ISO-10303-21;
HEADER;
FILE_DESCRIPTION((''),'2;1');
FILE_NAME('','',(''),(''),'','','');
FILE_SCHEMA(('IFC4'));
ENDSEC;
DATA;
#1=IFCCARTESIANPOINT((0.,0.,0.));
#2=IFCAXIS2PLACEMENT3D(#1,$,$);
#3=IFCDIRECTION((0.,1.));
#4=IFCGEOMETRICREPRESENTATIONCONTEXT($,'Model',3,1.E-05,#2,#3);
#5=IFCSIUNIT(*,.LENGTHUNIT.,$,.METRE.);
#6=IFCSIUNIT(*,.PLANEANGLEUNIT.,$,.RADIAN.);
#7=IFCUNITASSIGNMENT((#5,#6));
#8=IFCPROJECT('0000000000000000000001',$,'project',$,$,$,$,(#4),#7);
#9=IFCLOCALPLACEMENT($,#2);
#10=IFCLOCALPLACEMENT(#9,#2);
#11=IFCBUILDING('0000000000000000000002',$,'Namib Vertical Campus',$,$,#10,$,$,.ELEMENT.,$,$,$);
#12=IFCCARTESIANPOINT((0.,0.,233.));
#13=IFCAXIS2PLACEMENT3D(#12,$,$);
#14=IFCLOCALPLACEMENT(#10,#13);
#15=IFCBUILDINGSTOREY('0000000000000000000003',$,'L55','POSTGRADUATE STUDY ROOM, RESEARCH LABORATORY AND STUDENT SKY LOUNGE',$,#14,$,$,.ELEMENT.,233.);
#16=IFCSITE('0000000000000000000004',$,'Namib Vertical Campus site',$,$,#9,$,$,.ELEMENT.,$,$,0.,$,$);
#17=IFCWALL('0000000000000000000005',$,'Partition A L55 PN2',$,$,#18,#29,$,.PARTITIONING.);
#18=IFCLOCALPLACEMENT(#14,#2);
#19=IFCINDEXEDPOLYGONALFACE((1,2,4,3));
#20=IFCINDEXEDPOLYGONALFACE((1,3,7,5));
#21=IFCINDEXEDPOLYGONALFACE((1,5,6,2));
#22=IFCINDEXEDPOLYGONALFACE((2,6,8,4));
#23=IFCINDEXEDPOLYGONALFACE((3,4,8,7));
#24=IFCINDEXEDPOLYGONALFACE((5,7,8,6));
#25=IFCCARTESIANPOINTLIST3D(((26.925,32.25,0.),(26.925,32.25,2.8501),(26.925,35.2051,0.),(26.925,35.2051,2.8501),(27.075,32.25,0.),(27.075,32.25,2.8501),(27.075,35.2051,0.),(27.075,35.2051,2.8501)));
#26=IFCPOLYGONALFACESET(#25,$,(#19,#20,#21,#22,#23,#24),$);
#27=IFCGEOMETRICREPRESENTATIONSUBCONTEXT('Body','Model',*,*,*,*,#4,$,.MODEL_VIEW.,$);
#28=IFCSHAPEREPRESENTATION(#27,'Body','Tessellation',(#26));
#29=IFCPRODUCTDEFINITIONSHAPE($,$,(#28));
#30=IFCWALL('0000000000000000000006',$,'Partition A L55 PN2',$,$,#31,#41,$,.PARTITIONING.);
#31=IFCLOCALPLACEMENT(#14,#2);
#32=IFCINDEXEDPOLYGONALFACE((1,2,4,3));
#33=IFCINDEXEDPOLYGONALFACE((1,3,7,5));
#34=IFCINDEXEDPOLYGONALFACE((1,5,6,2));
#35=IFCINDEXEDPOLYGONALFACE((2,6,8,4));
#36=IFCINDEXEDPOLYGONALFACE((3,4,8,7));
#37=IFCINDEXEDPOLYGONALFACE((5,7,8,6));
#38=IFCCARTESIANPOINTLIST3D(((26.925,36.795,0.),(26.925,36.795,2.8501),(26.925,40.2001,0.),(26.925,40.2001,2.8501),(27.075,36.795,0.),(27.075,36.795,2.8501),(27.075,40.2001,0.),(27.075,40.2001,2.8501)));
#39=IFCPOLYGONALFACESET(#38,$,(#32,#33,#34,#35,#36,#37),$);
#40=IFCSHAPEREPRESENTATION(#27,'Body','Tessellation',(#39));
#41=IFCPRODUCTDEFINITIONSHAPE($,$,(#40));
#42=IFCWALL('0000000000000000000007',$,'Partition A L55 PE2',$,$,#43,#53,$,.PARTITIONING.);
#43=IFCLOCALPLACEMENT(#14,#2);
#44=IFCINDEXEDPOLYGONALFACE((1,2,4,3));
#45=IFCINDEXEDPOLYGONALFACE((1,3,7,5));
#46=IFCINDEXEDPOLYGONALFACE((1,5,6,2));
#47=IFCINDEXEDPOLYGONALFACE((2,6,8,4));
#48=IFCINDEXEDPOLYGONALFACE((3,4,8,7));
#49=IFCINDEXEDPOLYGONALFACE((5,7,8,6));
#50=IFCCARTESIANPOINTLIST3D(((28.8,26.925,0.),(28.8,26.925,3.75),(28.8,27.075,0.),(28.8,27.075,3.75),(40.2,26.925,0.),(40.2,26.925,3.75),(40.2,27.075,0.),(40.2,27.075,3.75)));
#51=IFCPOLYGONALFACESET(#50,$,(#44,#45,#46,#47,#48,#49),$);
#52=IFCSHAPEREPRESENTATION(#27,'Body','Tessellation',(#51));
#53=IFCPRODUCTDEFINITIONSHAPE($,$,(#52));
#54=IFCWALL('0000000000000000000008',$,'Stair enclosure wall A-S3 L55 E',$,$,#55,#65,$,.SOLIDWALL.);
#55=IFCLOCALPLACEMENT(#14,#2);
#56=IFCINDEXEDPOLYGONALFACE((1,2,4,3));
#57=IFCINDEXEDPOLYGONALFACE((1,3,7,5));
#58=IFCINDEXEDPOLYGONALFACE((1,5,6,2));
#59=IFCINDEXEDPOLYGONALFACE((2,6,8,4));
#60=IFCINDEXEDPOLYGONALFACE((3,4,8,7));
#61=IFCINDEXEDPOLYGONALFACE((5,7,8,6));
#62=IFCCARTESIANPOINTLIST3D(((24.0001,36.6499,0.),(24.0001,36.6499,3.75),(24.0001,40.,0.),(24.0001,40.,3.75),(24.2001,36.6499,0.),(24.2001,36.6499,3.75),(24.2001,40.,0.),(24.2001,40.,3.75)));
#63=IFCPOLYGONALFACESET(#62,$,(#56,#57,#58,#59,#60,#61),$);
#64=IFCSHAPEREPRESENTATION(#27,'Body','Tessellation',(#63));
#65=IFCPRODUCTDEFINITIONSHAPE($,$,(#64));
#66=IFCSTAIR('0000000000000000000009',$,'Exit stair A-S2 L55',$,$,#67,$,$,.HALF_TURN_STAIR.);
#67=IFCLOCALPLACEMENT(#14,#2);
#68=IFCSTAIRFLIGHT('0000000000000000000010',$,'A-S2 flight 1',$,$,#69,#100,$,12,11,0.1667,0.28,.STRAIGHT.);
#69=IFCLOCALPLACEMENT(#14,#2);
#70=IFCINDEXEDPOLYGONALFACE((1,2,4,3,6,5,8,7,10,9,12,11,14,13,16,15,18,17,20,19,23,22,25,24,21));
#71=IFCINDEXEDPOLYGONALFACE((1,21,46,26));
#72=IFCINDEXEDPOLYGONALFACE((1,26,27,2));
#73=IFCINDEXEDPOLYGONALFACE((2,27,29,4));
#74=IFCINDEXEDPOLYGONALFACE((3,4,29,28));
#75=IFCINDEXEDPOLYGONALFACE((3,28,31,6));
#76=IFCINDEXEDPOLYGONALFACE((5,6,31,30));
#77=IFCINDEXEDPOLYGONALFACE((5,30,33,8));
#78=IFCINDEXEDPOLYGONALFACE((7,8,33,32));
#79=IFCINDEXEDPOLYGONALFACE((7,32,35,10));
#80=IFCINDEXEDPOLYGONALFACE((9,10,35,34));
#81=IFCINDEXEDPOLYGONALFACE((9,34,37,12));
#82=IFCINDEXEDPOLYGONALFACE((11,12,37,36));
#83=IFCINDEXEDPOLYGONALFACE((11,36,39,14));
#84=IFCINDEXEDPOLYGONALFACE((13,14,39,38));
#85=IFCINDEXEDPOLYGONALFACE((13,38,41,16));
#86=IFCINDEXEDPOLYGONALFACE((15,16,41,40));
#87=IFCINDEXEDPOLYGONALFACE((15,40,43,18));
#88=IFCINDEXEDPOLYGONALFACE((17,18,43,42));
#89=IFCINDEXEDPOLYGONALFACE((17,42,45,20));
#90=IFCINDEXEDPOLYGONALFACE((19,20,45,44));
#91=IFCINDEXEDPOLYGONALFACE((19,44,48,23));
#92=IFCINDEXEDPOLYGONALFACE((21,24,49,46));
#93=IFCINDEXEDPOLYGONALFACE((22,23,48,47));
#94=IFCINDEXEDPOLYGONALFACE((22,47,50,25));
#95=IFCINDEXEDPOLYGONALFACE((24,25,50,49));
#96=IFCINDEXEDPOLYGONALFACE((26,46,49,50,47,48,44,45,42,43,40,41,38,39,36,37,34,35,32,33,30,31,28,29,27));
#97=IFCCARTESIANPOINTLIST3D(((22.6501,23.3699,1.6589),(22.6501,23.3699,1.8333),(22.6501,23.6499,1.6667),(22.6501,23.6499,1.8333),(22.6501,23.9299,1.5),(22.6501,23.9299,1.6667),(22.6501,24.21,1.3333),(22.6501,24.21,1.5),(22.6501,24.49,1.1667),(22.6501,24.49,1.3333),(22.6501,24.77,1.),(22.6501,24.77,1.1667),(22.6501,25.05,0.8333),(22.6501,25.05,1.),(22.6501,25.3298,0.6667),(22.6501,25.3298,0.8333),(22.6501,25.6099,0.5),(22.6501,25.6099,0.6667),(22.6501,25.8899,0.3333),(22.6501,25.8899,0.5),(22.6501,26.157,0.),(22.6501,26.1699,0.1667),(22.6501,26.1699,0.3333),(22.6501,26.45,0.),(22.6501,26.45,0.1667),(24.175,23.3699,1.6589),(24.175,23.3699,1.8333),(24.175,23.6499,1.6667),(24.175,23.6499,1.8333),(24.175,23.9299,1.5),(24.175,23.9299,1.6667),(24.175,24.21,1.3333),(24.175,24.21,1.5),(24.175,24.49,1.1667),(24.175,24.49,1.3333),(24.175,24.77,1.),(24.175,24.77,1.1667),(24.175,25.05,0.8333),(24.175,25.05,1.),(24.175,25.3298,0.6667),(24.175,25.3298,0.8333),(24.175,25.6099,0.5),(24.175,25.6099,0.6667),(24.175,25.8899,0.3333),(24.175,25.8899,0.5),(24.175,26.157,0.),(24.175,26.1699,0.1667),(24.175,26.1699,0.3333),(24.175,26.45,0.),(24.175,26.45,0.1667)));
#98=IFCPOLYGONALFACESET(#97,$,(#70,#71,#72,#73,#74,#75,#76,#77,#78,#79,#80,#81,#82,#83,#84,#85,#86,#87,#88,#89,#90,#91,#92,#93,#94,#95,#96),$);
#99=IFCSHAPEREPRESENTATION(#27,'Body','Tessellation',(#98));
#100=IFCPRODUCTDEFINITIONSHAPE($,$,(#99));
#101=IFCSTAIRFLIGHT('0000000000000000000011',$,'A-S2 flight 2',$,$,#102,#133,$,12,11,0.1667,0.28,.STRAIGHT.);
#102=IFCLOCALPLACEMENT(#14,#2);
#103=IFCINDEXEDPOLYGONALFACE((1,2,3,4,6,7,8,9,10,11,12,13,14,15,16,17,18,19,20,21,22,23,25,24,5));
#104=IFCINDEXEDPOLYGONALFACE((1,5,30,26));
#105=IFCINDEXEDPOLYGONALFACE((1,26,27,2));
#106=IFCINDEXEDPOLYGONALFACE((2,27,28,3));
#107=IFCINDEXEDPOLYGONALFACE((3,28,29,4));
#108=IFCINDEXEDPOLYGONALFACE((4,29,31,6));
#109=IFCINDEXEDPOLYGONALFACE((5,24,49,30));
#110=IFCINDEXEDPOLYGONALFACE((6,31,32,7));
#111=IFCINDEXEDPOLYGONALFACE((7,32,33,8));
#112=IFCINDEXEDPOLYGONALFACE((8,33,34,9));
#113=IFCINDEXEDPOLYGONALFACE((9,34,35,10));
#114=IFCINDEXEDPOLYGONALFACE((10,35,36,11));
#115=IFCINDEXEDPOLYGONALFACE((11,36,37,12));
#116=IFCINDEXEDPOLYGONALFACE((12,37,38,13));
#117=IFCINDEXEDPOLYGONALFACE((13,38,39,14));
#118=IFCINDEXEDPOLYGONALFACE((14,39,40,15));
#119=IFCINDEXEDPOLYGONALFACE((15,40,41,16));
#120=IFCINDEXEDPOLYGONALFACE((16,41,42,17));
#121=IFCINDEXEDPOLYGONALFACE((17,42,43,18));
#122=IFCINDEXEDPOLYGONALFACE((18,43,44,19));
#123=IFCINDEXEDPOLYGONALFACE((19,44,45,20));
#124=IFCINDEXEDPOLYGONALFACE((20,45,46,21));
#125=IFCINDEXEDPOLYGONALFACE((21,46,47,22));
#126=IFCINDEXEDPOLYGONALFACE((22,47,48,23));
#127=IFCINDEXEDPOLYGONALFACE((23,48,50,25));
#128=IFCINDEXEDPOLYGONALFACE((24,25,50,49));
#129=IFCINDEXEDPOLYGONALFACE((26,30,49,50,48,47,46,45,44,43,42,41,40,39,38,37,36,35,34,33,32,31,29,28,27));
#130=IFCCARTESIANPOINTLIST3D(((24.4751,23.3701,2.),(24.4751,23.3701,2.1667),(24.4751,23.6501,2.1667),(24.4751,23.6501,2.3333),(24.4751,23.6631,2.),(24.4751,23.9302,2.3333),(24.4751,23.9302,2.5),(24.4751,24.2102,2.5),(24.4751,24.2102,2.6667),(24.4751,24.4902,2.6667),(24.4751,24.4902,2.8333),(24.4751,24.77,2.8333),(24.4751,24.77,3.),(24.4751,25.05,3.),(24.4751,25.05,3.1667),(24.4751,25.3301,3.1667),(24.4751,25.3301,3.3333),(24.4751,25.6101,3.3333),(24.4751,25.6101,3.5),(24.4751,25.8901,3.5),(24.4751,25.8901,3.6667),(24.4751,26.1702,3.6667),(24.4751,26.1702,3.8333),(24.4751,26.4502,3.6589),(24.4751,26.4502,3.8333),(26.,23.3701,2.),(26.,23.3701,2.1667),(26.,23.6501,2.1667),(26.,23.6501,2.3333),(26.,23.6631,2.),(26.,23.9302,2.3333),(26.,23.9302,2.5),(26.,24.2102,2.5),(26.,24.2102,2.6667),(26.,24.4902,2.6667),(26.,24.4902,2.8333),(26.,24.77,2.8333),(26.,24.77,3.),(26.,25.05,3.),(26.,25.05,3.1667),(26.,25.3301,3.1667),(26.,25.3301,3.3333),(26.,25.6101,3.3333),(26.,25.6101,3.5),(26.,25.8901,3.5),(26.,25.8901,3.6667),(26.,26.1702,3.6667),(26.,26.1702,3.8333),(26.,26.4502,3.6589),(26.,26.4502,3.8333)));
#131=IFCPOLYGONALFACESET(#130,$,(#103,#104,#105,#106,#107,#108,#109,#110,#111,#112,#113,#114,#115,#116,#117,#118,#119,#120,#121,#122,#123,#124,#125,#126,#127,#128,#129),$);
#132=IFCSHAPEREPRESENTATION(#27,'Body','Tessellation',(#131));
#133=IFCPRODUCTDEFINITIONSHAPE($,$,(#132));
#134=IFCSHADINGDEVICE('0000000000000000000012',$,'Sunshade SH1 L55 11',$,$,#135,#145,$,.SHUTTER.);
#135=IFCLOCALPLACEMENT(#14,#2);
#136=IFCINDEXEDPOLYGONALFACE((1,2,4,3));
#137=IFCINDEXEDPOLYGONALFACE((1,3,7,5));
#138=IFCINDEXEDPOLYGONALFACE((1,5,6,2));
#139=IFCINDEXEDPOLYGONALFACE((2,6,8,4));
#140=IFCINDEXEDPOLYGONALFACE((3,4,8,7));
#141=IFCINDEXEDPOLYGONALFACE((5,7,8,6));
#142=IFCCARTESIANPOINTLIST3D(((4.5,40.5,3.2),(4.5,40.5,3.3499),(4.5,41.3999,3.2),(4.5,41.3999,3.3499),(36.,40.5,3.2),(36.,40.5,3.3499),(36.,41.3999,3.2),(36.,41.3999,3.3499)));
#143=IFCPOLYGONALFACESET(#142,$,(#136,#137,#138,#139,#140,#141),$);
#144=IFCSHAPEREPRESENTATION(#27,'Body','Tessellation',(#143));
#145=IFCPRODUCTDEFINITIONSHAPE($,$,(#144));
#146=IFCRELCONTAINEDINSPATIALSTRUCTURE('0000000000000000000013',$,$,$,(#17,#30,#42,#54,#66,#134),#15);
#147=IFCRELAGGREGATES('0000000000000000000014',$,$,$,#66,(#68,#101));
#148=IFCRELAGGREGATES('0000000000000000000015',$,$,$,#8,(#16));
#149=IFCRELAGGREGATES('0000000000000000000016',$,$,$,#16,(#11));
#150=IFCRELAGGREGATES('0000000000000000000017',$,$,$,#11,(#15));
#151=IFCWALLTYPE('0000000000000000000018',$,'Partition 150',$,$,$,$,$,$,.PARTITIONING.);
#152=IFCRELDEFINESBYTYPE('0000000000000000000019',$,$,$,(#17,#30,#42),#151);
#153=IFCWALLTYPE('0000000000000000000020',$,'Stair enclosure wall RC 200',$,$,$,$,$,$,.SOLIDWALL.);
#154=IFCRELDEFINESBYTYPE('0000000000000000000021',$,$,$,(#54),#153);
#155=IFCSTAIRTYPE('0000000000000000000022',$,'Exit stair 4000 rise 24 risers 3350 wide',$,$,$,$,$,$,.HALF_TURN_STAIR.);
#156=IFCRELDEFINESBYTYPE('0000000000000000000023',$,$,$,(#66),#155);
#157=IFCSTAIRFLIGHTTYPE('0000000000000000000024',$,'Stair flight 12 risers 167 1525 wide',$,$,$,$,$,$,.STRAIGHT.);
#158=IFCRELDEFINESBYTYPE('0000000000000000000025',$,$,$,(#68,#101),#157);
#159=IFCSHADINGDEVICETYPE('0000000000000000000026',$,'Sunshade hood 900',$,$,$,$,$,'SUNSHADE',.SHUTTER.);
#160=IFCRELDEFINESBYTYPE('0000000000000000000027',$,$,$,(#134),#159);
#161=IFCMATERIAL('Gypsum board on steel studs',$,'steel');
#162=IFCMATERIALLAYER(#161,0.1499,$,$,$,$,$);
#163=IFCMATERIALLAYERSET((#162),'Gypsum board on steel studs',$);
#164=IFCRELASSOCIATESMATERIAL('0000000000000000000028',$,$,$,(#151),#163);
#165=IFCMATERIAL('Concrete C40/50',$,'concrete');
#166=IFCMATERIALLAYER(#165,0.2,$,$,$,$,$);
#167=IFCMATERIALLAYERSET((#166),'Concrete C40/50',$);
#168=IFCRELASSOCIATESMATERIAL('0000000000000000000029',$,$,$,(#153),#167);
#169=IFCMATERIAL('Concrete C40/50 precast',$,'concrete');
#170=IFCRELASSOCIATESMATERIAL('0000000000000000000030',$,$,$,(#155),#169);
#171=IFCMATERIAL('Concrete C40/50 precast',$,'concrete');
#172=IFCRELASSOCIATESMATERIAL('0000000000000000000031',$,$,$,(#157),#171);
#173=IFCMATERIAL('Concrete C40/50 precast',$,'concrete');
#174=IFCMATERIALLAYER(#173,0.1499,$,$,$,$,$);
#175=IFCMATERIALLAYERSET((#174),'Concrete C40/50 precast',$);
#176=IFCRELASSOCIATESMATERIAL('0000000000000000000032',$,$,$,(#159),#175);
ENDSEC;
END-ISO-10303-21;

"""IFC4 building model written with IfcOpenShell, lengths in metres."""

from ifc_helpers import new_model, si_unit, direction, frame, frame_2d, origin, origin_2d, place, context, subcontext, project, spatial, polyline, rectangle, outline, extrude, material, layer, layer_set, type_object, element, aggregate, save


model = new_model("IFC4")

# Units and contexts
model_context = context("Model", 3, precision=1e-05, world=origin(), true_north=direction((0.0, 1.0)))
body_context = subcontext(model_context, "Body", "Model", "MODEL_VIEW")
ifc_project = project(units=[si_unit("LENGTHUNIT", "METRE"), si_unit("PLANEANGLEUNIT", "RADIAN")], contexts=[model_context])

# Site, building, storey
site_placement = place(None, origin())
site = spatial("IfcSite", under=ifc_project, at=site_placement, Name="Namib Vertical Campus site", CompositionType="ELEMENT", RefElevation=0.0)
building_placement = place(site_placement, origin())
building = spatial("IfcBuilding", under=site, at=building_placement, Name="Namib Vertical Campus", CompositionType="ELEMENT")
storey_placement = place(building_placement, frame((0.0, 0.0, 233.0)))
storey = spatial("IfcBuildingStorey", under=building, at=storey_placement, Name="L55", Description="POSTGRADUATE STUDY ROOM, RESEARCH LABORATORY AND STUDENT SKY LOUNGE", CompositionType="ELEMENT", Elevation=233.0)

# Walls
ifc_material_1 = material(Name="Gypsum board on steel studs", Category="steel")
ifc_layer_1 = layer(ifc_material_1, 0.1499)
ifc_layer_set_1 = layer_set([ifc_layer_1], Name="Gypsum board on steel studs")
wall_type_1 = type_object("IfcWallType", Name="Partition 150", PredefinedType="PARTITIONING", material=ifc_layer_set_1)
wall_1_placement = place(storey_placement, frame((27.0, 32.25, 0.0), z_axis=(0.0, 0.0, 1.0), x_axis=(0.0, 1.0, 0.0)))
element("IfcWall", 1, at=wall_1_placement, inside=storey, type_object=wall_type_1, Name="Partition A L55 PN2", PredefinedType="PARTITIONING", context=body_context, shape_type="SweptSolid", body=[
    extrude(rectangle(XDim=2.9551, YDim=0.1499, at=frame_2d((1.4775, 0.0))), origin(), (0.0, 0.0, 1.0), 2.8501),
])
wall_2_placement = place(storey_placement, frame((27.0, 36.7949, 0.0), z_axis=(0.0, 0.0, 1.0), x_axis=(0.0, 1.0, 0.0)))
element("IfcWall", 2, at=wall_2_placement, inside=storey, type_object=wall_type_1, Name="Partition A L55 PN2", PredefinedType="PARTITIONING", context=body_context, shape_type="SweptSolid", body=[
    extrude(rectangle(XDim=3.405, YDim=0.1499, at=frame_2d((1.7026, 0.0))), origin(), (0.0, 0.0, 1.0), 2.8501),
])
wall_3_placement = place(storey_placement, frame((28.8, 27.0, 0.0), z_axis=(0.0, 0.0, 1.0), x_axis=(1.0, 0.0, 0.0)))
element("IfcWall", 3, at=wall_3_placement, inside=storey, type_object=wall_type_1, Name="Partition A L55 PE2", PredefinedType="PARTITIONING", context=body_context, shape_type="SweptSolid", body=[
    extrude(rectangle(XDim=11.3999, YDim=0.1499, at=frame_2d((5.7, 0.0))), origin(), (0.0, 0.0, 1.0), 3.75),
])
ifc_material_2 = material(Name="Concrete C40/50", Category="concrete")
ifc_layer_2 = layer(ifc_material_2, 0.2)
ifc_layer_set_2 = layer_set([ifc_layer_2], Name="Concrete C40/50")
wall_type_2 = type_object("IfcWallType", Name="Stair enclosure wall RC 200", PredefinedType="SOLIDWALL", material=ifc_layer_set_2)
wall_4_placement = place(storey_placement, frame((24.1001, 36.6499, 0.0), z_axis=(0.0, 0.0, 1.0), x_axis=(0.0, 1.0, 0.0)))
element("IfcWall", 4, at=wall_4_placement, inside=storey, type_object=wall_type_2, Name="Stair enclosure wall A-S3 L55 E", PredefinedType="SOLIDWALL", context=body_context, shape_type="SweptSolid", body=[
    extrude(rectangle(XDim=3.3501, YDim=0.2, at=frame_2d((1.675, 0.0))), origin(), (0.0, 0.0, 1.0), 3.75),
])

# Stair, stair flights
ifc_material_3 = material(Name="Concrete C40/50 precast", Category="concrete")
stair_type = type_object("IfcStairType", Name="Exit stair 4000 rise 24 risers 3350 wide", PredefinedType="HALF_TURN_STAIR", material=ifc_material_3)
stair_placement = place(storey_placement, origin())
stair = element("IfcStair", 5, at=stair_placement, inside=storey, type_object=stair_type, Name="Exit stair A-S2 L55", PredefinedType="HALF_TURN_STAIR")
ifc_material_4 = material(Name="Concrete C40/50 precast", Category="concrete")
stair_flight_type = type_object("IfcStairFlightType", Name="Stair flight 12 risers 167 1525 wide", PredefinedType="STRAIGHT", material=ifc_material_4)
stair_flight_1_placement = place(storey_placement, frame((23.4126, 26.45, 0.0), z_axis=(0.0, 0.0, 1.0), x_axis=(0.0, -1.0, 0.0)))
stair_flight_1 = element("IfcStairFlight", 6, at=stair_flight_1_placement, type_object=stair_flight_type, Name="A-S2 flight 1", NumberOfRisers=12, NumberOfTreads=11, PredefinedType="STRAIGHT", RiserHeight=0.1667, TreadLength=0.28, context=body_context, shape_type="SweptSolid", body=[
    extrude(outline(polyline([(0.0, 0.0), (0.0, 0.1667), (0.28, 0.1667), (0.28, 0.3333), (0.5601, 0.3333), (0.5601, 0.5), (0.8401, 0.5), (0.8401, 0.6667), (1.1201, 0.6667), (1.1201, 0.8333), (1.3999, 0.8333), (1.3999, 1.0), (1.6799, 1.0), (1.6799, 1.1667), (1.96, 1.1667), (1.96, 1.3333), (2.24, 1.3333), (2.24, 1.5), (2.52, 1.5), (2.52, 1.6667), (2.8, 1.6667), (2.8, 1.8333), (3.0801, 1.8333), (3.0801, 2.0), (3.0801, 1.6589), (0.293, 0.0), (0.0, 0.0)])), frame((0.0, 0.7625, 0.0), z_axis=(0.0, -1.0, 0.0), x_axis=(1.0, 0.0, 0.0)), (0.0, 0.0, 1.0), 1.5249),
])
stair_flight_2_placement = place(storey_placement, frame((25.2375, 23.3701, 2.0), z_axis=(0.0, 0.0, 1.0), x_axis=(0.0, 1.0, 0.0)))
stair_flight_2 = element("IfcStairFlight", 7, at=stair_flight_2_placement, type_object=stair_flight_type, Name="A-S2 flight 2", NumberOfRisers=12, NumberOfTreads=11, PredefinedType="STRAIGHT", RiserHeight=0.1667, TreadLength=0.28, context=body_context, shape_type="SweptSolid", body=[
    extrude(outline(polyline([(0.0, 0.0), (0.0, 0.1667), (0.28, 0.1667), (0.28, 0.3333), (0.5601, 0.3333), (0.5601, 0.5), (0.8401, 0.5), (0.8401, 0.6667), (1.1201, 0.6667), (1.1201, 0.8333), (1.3999, 0.8333), (1.3999, 1.0), (1.6799, 1.0), (1.6799, 1.1667), (1.96, 1.1667), (1.96, 1.3333), (2.24, 1.3333), (2.24, 1.5), (2.52, 1.5), (2.52, 1.6667), (2.8, 1.6667), (2.8, 1.8333), (3.0801, 1.8333), (3.0801, 2.0), (3.0801, 1.6589), (0.293, 0.0), (0.0, 0.0)])), frame((0.0, 0.7625, 0.0), z_axis=(0.0, -1.0, 0.0), x_axis=(1.0, 0.0, 0.0)), (0.0, 0.0, 1.0), 1.5249),
])
aggregate(stair, [stair_flight_1, stair_flight_2])

# Shading device
ifc_material_5 = material(Name="Concrete C40/50 precast", Category="concrete")
ifc_layer_3 = layer(ifc_material_5, 0.1499)
ifc_layer_set_3 = layer_set([ifc_layer_3], Name="Concrete C40/50 precast")
shading_device_type = type_object("IfcShadingDeviceType", Name="Sunshade hood 900", ElementType="SUNSHADE", PredefinedType="SHUTTER", material=ifc_layer_set_3)
shading_device_placement = place(storey_placement, frame((20.25, 40.95, 3.2), z_axis=(0.0, 0.0, 1.0), x_axis=(-1.0, 0.0, 0.0)))
element("IfcShadingDevice", 8, at=shading_device_placement, inside=storey, type_object=shading_device_type, Name="Sunshade SH1 L55 11", PredefinedType="SHUTTER", context=body_context, shape_type="SweptSolid", body=[
    extrude(rectangle(XDim=31.5, YDim=0.8999, at=origin_2d()), origin(), (0.0, 0.0, 1.0), 0.1499),
])

save(model, "model.ifc")
